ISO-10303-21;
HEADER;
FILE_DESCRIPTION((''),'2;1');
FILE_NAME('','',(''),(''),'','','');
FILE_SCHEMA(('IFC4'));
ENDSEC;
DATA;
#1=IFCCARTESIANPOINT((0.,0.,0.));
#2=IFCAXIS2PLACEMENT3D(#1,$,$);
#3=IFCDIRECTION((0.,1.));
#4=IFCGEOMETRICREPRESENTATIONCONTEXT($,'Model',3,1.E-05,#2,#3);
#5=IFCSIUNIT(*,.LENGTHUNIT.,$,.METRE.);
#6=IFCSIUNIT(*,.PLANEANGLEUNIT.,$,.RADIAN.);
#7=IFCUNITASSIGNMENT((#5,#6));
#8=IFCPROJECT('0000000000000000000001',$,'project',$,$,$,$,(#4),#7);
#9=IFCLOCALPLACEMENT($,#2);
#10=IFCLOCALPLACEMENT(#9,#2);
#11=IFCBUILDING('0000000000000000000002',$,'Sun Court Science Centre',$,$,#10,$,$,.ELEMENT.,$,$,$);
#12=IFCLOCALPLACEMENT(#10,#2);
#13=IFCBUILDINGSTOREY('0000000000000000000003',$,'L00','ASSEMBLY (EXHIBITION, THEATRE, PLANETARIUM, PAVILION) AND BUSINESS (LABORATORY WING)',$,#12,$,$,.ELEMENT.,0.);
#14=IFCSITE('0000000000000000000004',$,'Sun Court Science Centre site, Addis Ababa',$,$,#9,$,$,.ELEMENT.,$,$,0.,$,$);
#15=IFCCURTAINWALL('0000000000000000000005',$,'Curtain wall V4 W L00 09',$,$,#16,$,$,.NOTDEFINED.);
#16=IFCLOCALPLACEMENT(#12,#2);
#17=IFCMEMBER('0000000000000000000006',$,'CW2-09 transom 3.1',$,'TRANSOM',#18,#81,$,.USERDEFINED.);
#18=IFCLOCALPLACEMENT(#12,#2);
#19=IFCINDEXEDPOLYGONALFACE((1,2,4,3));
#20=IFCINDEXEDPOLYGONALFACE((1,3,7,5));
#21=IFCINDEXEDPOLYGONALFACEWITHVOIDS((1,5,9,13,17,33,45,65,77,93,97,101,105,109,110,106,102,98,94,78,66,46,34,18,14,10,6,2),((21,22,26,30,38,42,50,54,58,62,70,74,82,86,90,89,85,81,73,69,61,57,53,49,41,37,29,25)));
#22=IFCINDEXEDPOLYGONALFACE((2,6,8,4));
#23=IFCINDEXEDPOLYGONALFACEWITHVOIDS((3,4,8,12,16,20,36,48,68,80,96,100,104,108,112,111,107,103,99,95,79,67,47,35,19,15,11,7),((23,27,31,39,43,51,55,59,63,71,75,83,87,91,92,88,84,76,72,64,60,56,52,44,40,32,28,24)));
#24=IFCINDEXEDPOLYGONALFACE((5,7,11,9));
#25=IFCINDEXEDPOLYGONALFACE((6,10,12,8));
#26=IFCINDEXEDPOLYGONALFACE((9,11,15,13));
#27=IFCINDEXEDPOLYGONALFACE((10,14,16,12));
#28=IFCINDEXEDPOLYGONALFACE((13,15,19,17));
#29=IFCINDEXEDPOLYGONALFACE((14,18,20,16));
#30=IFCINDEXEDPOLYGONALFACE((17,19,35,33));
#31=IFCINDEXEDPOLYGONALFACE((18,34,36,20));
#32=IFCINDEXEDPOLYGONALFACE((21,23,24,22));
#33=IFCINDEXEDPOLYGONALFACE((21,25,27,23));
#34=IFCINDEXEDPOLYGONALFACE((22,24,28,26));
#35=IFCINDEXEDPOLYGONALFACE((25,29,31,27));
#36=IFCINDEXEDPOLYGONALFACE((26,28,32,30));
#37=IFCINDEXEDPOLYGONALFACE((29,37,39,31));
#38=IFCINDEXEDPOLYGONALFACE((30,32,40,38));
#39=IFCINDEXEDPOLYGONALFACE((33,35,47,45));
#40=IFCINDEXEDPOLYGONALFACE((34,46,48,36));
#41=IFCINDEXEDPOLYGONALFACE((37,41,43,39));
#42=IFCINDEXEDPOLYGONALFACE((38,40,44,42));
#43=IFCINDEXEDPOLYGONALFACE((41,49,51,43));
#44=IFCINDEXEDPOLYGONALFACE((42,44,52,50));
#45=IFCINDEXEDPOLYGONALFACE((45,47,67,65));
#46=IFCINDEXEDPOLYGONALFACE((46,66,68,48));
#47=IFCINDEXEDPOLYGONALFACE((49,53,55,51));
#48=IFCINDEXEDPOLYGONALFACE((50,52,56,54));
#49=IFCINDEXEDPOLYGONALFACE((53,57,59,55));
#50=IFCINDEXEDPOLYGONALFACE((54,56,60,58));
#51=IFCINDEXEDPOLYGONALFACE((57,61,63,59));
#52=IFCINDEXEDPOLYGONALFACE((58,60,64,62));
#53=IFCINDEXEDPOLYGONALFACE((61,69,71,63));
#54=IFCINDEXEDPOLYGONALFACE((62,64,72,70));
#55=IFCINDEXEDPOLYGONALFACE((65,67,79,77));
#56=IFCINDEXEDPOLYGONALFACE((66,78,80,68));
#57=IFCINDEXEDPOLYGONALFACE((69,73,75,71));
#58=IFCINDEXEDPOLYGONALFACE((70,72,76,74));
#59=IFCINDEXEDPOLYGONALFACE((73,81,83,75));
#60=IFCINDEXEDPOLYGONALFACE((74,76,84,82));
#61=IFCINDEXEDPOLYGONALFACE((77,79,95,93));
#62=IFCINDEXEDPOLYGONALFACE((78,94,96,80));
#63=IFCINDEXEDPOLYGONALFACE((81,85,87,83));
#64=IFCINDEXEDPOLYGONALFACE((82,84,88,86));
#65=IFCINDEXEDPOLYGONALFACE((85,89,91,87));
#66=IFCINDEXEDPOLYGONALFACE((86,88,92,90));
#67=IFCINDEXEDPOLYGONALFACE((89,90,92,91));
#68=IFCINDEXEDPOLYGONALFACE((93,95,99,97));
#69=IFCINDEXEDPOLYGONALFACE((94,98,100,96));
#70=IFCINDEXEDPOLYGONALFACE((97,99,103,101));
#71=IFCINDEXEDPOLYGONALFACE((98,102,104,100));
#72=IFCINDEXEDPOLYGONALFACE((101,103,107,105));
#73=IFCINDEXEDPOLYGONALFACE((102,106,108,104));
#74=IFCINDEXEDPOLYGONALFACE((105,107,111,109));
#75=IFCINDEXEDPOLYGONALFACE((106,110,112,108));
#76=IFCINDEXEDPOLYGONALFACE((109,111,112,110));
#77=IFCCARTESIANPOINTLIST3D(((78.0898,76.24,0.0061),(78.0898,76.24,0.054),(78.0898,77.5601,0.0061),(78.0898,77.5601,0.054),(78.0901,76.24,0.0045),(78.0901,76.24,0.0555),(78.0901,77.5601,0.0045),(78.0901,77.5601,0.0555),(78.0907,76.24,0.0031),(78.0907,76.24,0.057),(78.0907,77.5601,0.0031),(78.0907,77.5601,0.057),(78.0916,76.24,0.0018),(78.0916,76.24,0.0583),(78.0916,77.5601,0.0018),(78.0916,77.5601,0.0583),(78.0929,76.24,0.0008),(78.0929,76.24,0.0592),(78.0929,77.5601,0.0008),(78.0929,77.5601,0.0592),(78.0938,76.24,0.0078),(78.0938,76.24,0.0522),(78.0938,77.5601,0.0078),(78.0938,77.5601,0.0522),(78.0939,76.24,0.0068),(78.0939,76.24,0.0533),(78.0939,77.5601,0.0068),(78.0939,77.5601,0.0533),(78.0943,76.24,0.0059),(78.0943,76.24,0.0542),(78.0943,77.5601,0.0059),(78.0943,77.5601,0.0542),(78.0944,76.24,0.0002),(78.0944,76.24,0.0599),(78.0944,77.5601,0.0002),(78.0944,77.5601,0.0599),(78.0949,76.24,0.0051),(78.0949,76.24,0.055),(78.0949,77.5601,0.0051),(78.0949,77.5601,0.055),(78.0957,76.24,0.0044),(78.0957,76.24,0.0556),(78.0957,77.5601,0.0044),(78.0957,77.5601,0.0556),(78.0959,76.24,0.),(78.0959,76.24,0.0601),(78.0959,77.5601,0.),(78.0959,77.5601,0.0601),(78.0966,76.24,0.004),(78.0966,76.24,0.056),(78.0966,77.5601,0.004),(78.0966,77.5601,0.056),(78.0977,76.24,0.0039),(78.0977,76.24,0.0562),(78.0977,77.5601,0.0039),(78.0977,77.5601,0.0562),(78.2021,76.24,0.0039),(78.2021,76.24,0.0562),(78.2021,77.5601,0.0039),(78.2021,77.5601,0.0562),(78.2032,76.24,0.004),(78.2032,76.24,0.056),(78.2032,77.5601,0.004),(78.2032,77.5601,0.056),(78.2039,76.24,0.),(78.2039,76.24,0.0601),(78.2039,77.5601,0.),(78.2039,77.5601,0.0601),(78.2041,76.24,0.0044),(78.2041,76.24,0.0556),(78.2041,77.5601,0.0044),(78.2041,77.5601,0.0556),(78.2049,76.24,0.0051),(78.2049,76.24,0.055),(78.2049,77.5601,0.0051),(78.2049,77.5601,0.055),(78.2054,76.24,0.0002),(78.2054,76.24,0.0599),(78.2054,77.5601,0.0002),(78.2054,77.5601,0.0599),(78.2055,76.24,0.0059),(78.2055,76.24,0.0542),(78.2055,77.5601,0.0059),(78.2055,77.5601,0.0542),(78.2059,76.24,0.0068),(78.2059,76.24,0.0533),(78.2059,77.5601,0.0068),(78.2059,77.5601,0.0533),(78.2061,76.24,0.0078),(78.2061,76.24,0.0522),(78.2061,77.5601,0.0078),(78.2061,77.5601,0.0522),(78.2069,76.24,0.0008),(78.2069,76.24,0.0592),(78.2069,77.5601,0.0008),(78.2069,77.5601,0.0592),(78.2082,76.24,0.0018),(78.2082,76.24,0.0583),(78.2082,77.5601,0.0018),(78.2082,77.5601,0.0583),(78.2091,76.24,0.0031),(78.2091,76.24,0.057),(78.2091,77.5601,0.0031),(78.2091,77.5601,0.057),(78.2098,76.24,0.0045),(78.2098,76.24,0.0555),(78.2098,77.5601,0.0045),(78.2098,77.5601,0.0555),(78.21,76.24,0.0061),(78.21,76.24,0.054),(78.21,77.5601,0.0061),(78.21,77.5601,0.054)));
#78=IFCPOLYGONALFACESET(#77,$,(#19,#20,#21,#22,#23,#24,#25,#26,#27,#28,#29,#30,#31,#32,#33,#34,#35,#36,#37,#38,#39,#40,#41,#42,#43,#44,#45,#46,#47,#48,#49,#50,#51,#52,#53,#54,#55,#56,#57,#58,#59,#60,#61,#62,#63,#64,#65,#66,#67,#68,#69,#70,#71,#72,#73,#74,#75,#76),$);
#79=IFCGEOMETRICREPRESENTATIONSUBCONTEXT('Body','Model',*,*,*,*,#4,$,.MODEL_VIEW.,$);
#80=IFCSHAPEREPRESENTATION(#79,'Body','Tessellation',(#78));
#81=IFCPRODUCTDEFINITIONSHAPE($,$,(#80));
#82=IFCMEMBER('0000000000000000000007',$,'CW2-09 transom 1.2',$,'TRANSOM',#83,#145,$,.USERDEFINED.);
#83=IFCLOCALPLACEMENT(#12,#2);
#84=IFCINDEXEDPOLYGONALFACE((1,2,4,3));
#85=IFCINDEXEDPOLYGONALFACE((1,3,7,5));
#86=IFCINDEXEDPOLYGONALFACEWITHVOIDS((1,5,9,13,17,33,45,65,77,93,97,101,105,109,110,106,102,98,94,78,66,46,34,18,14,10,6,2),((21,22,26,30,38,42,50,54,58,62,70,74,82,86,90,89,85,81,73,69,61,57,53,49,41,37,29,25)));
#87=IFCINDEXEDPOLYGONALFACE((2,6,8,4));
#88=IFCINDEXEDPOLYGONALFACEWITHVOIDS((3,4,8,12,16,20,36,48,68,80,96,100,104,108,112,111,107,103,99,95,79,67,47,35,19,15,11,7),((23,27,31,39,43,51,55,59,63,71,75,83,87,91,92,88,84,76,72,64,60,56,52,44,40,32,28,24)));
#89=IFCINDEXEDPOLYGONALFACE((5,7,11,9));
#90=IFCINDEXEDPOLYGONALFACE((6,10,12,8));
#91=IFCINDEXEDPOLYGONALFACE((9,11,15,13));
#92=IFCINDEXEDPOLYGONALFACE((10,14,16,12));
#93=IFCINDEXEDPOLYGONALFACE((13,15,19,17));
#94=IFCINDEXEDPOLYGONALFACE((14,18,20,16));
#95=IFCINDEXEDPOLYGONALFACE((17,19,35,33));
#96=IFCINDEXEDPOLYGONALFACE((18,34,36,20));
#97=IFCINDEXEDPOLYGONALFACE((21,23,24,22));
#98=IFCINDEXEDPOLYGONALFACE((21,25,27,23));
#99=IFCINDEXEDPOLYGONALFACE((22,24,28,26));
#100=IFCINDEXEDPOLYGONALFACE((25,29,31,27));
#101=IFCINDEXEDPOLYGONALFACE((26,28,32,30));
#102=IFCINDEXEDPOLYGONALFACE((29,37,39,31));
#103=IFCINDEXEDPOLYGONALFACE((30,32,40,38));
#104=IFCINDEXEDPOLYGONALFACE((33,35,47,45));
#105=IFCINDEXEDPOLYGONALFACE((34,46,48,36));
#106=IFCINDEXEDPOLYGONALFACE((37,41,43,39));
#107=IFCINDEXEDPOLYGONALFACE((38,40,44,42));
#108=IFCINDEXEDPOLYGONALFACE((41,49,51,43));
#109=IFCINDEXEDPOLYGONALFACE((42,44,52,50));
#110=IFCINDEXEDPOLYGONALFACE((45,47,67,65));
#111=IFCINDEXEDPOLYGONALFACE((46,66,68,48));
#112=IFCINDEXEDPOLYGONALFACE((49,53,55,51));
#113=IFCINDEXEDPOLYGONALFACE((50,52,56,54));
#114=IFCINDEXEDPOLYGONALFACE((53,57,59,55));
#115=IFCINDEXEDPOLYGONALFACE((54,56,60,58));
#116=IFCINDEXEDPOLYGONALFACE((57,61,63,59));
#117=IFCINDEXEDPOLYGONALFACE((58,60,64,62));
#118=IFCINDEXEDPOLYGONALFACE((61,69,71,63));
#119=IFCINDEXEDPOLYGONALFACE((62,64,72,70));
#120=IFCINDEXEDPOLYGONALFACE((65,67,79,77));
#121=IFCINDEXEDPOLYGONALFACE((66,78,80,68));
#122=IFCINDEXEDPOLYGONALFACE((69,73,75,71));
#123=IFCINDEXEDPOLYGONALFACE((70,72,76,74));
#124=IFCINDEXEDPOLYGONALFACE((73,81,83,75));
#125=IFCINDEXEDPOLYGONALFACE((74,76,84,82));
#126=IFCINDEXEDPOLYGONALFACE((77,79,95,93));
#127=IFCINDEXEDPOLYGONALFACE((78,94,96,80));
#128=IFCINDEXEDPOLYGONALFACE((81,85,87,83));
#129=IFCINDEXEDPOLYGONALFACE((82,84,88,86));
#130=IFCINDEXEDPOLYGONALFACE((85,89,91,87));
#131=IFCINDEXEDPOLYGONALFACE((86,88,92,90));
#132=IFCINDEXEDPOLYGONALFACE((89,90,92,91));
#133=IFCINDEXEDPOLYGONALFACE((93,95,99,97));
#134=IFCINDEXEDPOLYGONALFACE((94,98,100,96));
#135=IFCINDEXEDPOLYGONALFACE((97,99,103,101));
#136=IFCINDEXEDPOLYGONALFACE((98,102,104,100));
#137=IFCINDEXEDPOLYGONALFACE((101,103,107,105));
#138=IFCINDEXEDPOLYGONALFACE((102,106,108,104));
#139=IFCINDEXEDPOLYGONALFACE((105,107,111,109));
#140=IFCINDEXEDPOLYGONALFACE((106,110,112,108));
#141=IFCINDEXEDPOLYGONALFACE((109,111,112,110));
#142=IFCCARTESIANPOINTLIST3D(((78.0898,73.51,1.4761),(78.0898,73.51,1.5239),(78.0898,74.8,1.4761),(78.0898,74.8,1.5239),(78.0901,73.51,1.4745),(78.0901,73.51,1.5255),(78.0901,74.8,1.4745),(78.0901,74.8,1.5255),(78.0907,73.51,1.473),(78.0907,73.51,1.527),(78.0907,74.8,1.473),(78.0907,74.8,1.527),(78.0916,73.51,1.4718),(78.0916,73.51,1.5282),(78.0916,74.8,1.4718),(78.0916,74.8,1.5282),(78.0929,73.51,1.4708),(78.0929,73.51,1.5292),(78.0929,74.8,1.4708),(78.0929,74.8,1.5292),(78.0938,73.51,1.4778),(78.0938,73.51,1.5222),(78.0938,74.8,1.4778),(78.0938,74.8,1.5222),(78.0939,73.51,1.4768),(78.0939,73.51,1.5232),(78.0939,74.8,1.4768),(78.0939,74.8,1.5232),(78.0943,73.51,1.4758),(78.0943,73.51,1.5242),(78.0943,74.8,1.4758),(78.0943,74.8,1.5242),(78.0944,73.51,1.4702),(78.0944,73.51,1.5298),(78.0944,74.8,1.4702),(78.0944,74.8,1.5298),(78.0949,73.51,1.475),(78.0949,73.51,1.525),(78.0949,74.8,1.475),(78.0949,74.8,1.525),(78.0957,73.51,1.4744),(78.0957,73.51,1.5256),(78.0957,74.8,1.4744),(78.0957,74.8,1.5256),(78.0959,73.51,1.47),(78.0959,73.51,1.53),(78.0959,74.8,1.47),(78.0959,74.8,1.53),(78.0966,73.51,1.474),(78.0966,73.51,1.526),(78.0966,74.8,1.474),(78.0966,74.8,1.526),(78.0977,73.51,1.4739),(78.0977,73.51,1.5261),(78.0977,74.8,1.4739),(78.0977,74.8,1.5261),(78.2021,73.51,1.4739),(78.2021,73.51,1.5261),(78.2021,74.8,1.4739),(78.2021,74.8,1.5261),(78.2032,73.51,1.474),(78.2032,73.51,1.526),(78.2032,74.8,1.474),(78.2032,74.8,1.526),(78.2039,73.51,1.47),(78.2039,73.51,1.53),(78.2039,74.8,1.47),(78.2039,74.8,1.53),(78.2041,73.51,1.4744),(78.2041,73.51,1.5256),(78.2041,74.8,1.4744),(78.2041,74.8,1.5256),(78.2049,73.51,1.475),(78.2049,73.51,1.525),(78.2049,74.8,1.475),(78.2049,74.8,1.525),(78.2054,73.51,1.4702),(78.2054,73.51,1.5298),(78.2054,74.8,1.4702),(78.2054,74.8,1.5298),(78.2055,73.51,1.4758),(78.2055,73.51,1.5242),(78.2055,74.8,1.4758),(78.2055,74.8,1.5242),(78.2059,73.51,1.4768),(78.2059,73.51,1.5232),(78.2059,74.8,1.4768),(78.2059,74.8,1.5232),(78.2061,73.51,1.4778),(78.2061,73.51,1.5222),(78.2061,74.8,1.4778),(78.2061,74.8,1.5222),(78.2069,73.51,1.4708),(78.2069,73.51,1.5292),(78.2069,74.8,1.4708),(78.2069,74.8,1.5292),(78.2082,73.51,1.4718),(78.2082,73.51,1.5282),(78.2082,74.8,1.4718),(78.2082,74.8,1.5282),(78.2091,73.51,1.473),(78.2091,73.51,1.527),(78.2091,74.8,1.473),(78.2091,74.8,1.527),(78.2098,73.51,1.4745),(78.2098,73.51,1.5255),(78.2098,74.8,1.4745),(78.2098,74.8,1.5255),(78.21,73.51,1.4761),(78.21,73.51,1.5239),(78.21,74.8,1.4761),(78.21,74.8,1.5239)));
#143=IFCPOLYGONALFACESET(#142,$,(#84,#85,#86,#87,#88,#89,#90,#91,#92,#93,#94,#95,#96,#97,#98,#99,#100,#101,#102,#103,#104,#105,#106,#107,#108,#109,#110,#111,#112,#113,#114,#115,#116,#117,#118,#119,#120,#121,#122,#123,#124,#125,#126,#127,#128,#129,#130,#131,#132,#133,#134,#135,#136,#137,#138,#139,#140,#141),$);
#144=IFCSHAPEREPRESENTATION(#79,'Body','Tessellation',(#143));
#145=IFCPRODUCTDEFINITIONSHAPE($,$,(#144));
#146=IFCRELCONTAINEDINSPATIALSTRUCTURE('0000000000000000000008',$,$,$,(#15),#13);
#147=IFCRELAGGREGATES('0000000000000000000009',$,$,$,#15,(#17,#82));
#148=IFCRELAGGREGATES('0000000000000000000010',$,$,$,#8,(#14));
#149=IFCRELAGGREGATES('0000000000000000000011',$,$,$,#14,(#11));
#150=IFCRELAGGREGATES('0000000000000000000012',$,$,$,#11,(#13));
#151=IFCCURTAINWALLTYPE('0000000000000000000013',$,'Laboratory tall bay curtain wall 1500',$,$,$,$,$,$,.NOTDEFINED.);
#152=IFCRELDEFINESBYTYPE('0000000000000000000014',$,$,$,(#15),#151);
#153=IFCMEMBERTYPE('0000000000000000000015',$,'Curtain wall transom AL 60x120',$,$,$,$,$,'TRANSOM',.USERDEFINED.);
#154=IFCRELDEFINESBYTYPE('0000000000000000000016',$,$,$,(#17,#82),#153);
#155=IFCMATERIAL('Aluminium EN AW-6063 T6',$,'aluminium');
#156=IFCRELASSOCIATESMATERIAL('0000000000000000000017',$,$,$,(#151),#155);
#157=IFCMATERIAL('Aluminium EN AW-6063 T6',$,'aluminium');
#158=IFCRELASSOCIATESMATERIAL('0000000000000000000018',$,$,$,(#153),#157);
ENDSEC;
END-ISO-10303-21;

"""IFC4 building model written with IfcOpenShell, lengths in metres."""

from ifc_helpers import new_model, si_unit, direction, frame, origin, origin_2d, place, context, subcontext, project, spatial, hollow_rectangle, extrude, material, material_profile, profile_set, type_object, element, aggregate, save


model = new_model("IFC4")

# Units and contexts
model_context = context("Model", 3, precision=1e-05, world=origin(), true_north=direction((0.0, 1.0)))
body_context = subcontext(model_context, "Body", "Model", "MODEL_VIEW")
ifc_project = project(units=[si_unit("LENGTHUNIT", "METRE"), si_unit("PLANEANGLEUNIT", "RADIAN")], contexts=[model_context])

# Site, building, storey
site_placement = place(None, origin())
site = spatial("IfcSite", under=ifc_project, at=site_placement, Name="Sun Court Science Centre site, Addis Ababa", CompositionType="ELEMENT", RefElevation=0.0)
building_placement = place(site_placement, origin())
building = spatial("IfcBuilding", under=site, at=building_placement, Name="Sun Court Science Centre", CompositionType="ELEMENT")
storey_placement = place(building_placement, origin())
storey = spatial("IfcBuildingStorey", under=building, at=storey_placement, Name="L00", Description="ASSEMBLY (EXHIBITION, THEATRE, PLANETARIUM, PAVILION) AND BUSINESS (LABORATORY WING)", CompositionType="ELEMENT", Elevation=0.0)

# Curtain wall
ifc_material_1 = material(Name="Aluminium EN AW-6063 T6", Category="aluminium")
curtain_wall_type = type_object("IfcCurtainWallType", Name="Laboratory tall bay curtain wall 1500", PredefinedType="NOTDEFINED", material=ifc_material_1)
curtain_wall_1_placement = place(storey_placement, origin())
curtain_wall_1 = element("IfcCurtainWall", 1, at=curtain_wall_1_placement, inside=storey, type_object=curtain_wall_type, Name="Curtain wall V4 W L00 09", PredefinedType="NOTDEFINED")

# Members
ifc_material_2 = material(Name="Aluminium EN AW-6063 T6", Category="aluminium")
ifc_material_profile_1 = material_profile(ifc_material_2, hollow_rectangle(XDim=0.0601, YDim=0.1201, WallThickness=0.0039, InnerFilletRadius=0.0039, OuterFilletRadius=0.0061, at=origin_2d()), Name="AL 60x120x4")
ifc_profile_set_1 = profile_set([ifc_material_profile_1], Name="Aluminium EN AW-6063 T6")
member_type_1 = type_object("IfcMemberType", Name="Curtain wall transom AL 60x120", ElementType="TRANSOM", PredefinedType="USERDEFINED", material=ifc_profile_set_1)
member_1_placement = place(storey_placement, frame((78.1499, 76.24, 0.03), z_axis=(0.0, 1.0, 0.0), x_axis=(0.0, 0.0, 1.0)))
member_1 = element("IfcMember", 2, at=member_1_placement, type_object=member_type_1, Name="CW2-09 transom 3.1", ObjectType="TRANSOM", PredefinedType="USERDEFINED", context=body_context, shape_type="SweptSolid", body=[
    extrude(hollow_rectangle(XDim=0.0601, YDim=0.1201, WallThickness=0.0039, InnerFilletRadius=0.0039, OuterFilletRadius=0.0061, at=origin_2d()), origin(), (0.0, 0.0, 1.0), 1.3201),
])
member_2_placement = place(storey_placement, frame((78.1499, 73.51, 1.5), z_axis=(0.0, 1.0, 0.0), x_axis=(0.0, 0.0, 1.0)))
member_2 = element("IfcMember", 3, at=member_2_placement, type_object=member_type_1, Name="CW2-09 transom 1.2", ObjectType="TRANSOM", PredefinedType="USERDEFINED", context=body_context, shape_type="SweptSolid", body=[
    extrude(hollow_rectangle(XDim=0.0601, YDim=0.1201, WallThickness=0.0039, InnerFilletRadius=0.0039, OuterFilletRadius=0.0061, at=origin_2d()), origin(), (0.0, 0.0, 1.0), 1.29),
])

aggregate(curtain_wall_1, [member_1, member_2])

save(model, "model.ifc")
